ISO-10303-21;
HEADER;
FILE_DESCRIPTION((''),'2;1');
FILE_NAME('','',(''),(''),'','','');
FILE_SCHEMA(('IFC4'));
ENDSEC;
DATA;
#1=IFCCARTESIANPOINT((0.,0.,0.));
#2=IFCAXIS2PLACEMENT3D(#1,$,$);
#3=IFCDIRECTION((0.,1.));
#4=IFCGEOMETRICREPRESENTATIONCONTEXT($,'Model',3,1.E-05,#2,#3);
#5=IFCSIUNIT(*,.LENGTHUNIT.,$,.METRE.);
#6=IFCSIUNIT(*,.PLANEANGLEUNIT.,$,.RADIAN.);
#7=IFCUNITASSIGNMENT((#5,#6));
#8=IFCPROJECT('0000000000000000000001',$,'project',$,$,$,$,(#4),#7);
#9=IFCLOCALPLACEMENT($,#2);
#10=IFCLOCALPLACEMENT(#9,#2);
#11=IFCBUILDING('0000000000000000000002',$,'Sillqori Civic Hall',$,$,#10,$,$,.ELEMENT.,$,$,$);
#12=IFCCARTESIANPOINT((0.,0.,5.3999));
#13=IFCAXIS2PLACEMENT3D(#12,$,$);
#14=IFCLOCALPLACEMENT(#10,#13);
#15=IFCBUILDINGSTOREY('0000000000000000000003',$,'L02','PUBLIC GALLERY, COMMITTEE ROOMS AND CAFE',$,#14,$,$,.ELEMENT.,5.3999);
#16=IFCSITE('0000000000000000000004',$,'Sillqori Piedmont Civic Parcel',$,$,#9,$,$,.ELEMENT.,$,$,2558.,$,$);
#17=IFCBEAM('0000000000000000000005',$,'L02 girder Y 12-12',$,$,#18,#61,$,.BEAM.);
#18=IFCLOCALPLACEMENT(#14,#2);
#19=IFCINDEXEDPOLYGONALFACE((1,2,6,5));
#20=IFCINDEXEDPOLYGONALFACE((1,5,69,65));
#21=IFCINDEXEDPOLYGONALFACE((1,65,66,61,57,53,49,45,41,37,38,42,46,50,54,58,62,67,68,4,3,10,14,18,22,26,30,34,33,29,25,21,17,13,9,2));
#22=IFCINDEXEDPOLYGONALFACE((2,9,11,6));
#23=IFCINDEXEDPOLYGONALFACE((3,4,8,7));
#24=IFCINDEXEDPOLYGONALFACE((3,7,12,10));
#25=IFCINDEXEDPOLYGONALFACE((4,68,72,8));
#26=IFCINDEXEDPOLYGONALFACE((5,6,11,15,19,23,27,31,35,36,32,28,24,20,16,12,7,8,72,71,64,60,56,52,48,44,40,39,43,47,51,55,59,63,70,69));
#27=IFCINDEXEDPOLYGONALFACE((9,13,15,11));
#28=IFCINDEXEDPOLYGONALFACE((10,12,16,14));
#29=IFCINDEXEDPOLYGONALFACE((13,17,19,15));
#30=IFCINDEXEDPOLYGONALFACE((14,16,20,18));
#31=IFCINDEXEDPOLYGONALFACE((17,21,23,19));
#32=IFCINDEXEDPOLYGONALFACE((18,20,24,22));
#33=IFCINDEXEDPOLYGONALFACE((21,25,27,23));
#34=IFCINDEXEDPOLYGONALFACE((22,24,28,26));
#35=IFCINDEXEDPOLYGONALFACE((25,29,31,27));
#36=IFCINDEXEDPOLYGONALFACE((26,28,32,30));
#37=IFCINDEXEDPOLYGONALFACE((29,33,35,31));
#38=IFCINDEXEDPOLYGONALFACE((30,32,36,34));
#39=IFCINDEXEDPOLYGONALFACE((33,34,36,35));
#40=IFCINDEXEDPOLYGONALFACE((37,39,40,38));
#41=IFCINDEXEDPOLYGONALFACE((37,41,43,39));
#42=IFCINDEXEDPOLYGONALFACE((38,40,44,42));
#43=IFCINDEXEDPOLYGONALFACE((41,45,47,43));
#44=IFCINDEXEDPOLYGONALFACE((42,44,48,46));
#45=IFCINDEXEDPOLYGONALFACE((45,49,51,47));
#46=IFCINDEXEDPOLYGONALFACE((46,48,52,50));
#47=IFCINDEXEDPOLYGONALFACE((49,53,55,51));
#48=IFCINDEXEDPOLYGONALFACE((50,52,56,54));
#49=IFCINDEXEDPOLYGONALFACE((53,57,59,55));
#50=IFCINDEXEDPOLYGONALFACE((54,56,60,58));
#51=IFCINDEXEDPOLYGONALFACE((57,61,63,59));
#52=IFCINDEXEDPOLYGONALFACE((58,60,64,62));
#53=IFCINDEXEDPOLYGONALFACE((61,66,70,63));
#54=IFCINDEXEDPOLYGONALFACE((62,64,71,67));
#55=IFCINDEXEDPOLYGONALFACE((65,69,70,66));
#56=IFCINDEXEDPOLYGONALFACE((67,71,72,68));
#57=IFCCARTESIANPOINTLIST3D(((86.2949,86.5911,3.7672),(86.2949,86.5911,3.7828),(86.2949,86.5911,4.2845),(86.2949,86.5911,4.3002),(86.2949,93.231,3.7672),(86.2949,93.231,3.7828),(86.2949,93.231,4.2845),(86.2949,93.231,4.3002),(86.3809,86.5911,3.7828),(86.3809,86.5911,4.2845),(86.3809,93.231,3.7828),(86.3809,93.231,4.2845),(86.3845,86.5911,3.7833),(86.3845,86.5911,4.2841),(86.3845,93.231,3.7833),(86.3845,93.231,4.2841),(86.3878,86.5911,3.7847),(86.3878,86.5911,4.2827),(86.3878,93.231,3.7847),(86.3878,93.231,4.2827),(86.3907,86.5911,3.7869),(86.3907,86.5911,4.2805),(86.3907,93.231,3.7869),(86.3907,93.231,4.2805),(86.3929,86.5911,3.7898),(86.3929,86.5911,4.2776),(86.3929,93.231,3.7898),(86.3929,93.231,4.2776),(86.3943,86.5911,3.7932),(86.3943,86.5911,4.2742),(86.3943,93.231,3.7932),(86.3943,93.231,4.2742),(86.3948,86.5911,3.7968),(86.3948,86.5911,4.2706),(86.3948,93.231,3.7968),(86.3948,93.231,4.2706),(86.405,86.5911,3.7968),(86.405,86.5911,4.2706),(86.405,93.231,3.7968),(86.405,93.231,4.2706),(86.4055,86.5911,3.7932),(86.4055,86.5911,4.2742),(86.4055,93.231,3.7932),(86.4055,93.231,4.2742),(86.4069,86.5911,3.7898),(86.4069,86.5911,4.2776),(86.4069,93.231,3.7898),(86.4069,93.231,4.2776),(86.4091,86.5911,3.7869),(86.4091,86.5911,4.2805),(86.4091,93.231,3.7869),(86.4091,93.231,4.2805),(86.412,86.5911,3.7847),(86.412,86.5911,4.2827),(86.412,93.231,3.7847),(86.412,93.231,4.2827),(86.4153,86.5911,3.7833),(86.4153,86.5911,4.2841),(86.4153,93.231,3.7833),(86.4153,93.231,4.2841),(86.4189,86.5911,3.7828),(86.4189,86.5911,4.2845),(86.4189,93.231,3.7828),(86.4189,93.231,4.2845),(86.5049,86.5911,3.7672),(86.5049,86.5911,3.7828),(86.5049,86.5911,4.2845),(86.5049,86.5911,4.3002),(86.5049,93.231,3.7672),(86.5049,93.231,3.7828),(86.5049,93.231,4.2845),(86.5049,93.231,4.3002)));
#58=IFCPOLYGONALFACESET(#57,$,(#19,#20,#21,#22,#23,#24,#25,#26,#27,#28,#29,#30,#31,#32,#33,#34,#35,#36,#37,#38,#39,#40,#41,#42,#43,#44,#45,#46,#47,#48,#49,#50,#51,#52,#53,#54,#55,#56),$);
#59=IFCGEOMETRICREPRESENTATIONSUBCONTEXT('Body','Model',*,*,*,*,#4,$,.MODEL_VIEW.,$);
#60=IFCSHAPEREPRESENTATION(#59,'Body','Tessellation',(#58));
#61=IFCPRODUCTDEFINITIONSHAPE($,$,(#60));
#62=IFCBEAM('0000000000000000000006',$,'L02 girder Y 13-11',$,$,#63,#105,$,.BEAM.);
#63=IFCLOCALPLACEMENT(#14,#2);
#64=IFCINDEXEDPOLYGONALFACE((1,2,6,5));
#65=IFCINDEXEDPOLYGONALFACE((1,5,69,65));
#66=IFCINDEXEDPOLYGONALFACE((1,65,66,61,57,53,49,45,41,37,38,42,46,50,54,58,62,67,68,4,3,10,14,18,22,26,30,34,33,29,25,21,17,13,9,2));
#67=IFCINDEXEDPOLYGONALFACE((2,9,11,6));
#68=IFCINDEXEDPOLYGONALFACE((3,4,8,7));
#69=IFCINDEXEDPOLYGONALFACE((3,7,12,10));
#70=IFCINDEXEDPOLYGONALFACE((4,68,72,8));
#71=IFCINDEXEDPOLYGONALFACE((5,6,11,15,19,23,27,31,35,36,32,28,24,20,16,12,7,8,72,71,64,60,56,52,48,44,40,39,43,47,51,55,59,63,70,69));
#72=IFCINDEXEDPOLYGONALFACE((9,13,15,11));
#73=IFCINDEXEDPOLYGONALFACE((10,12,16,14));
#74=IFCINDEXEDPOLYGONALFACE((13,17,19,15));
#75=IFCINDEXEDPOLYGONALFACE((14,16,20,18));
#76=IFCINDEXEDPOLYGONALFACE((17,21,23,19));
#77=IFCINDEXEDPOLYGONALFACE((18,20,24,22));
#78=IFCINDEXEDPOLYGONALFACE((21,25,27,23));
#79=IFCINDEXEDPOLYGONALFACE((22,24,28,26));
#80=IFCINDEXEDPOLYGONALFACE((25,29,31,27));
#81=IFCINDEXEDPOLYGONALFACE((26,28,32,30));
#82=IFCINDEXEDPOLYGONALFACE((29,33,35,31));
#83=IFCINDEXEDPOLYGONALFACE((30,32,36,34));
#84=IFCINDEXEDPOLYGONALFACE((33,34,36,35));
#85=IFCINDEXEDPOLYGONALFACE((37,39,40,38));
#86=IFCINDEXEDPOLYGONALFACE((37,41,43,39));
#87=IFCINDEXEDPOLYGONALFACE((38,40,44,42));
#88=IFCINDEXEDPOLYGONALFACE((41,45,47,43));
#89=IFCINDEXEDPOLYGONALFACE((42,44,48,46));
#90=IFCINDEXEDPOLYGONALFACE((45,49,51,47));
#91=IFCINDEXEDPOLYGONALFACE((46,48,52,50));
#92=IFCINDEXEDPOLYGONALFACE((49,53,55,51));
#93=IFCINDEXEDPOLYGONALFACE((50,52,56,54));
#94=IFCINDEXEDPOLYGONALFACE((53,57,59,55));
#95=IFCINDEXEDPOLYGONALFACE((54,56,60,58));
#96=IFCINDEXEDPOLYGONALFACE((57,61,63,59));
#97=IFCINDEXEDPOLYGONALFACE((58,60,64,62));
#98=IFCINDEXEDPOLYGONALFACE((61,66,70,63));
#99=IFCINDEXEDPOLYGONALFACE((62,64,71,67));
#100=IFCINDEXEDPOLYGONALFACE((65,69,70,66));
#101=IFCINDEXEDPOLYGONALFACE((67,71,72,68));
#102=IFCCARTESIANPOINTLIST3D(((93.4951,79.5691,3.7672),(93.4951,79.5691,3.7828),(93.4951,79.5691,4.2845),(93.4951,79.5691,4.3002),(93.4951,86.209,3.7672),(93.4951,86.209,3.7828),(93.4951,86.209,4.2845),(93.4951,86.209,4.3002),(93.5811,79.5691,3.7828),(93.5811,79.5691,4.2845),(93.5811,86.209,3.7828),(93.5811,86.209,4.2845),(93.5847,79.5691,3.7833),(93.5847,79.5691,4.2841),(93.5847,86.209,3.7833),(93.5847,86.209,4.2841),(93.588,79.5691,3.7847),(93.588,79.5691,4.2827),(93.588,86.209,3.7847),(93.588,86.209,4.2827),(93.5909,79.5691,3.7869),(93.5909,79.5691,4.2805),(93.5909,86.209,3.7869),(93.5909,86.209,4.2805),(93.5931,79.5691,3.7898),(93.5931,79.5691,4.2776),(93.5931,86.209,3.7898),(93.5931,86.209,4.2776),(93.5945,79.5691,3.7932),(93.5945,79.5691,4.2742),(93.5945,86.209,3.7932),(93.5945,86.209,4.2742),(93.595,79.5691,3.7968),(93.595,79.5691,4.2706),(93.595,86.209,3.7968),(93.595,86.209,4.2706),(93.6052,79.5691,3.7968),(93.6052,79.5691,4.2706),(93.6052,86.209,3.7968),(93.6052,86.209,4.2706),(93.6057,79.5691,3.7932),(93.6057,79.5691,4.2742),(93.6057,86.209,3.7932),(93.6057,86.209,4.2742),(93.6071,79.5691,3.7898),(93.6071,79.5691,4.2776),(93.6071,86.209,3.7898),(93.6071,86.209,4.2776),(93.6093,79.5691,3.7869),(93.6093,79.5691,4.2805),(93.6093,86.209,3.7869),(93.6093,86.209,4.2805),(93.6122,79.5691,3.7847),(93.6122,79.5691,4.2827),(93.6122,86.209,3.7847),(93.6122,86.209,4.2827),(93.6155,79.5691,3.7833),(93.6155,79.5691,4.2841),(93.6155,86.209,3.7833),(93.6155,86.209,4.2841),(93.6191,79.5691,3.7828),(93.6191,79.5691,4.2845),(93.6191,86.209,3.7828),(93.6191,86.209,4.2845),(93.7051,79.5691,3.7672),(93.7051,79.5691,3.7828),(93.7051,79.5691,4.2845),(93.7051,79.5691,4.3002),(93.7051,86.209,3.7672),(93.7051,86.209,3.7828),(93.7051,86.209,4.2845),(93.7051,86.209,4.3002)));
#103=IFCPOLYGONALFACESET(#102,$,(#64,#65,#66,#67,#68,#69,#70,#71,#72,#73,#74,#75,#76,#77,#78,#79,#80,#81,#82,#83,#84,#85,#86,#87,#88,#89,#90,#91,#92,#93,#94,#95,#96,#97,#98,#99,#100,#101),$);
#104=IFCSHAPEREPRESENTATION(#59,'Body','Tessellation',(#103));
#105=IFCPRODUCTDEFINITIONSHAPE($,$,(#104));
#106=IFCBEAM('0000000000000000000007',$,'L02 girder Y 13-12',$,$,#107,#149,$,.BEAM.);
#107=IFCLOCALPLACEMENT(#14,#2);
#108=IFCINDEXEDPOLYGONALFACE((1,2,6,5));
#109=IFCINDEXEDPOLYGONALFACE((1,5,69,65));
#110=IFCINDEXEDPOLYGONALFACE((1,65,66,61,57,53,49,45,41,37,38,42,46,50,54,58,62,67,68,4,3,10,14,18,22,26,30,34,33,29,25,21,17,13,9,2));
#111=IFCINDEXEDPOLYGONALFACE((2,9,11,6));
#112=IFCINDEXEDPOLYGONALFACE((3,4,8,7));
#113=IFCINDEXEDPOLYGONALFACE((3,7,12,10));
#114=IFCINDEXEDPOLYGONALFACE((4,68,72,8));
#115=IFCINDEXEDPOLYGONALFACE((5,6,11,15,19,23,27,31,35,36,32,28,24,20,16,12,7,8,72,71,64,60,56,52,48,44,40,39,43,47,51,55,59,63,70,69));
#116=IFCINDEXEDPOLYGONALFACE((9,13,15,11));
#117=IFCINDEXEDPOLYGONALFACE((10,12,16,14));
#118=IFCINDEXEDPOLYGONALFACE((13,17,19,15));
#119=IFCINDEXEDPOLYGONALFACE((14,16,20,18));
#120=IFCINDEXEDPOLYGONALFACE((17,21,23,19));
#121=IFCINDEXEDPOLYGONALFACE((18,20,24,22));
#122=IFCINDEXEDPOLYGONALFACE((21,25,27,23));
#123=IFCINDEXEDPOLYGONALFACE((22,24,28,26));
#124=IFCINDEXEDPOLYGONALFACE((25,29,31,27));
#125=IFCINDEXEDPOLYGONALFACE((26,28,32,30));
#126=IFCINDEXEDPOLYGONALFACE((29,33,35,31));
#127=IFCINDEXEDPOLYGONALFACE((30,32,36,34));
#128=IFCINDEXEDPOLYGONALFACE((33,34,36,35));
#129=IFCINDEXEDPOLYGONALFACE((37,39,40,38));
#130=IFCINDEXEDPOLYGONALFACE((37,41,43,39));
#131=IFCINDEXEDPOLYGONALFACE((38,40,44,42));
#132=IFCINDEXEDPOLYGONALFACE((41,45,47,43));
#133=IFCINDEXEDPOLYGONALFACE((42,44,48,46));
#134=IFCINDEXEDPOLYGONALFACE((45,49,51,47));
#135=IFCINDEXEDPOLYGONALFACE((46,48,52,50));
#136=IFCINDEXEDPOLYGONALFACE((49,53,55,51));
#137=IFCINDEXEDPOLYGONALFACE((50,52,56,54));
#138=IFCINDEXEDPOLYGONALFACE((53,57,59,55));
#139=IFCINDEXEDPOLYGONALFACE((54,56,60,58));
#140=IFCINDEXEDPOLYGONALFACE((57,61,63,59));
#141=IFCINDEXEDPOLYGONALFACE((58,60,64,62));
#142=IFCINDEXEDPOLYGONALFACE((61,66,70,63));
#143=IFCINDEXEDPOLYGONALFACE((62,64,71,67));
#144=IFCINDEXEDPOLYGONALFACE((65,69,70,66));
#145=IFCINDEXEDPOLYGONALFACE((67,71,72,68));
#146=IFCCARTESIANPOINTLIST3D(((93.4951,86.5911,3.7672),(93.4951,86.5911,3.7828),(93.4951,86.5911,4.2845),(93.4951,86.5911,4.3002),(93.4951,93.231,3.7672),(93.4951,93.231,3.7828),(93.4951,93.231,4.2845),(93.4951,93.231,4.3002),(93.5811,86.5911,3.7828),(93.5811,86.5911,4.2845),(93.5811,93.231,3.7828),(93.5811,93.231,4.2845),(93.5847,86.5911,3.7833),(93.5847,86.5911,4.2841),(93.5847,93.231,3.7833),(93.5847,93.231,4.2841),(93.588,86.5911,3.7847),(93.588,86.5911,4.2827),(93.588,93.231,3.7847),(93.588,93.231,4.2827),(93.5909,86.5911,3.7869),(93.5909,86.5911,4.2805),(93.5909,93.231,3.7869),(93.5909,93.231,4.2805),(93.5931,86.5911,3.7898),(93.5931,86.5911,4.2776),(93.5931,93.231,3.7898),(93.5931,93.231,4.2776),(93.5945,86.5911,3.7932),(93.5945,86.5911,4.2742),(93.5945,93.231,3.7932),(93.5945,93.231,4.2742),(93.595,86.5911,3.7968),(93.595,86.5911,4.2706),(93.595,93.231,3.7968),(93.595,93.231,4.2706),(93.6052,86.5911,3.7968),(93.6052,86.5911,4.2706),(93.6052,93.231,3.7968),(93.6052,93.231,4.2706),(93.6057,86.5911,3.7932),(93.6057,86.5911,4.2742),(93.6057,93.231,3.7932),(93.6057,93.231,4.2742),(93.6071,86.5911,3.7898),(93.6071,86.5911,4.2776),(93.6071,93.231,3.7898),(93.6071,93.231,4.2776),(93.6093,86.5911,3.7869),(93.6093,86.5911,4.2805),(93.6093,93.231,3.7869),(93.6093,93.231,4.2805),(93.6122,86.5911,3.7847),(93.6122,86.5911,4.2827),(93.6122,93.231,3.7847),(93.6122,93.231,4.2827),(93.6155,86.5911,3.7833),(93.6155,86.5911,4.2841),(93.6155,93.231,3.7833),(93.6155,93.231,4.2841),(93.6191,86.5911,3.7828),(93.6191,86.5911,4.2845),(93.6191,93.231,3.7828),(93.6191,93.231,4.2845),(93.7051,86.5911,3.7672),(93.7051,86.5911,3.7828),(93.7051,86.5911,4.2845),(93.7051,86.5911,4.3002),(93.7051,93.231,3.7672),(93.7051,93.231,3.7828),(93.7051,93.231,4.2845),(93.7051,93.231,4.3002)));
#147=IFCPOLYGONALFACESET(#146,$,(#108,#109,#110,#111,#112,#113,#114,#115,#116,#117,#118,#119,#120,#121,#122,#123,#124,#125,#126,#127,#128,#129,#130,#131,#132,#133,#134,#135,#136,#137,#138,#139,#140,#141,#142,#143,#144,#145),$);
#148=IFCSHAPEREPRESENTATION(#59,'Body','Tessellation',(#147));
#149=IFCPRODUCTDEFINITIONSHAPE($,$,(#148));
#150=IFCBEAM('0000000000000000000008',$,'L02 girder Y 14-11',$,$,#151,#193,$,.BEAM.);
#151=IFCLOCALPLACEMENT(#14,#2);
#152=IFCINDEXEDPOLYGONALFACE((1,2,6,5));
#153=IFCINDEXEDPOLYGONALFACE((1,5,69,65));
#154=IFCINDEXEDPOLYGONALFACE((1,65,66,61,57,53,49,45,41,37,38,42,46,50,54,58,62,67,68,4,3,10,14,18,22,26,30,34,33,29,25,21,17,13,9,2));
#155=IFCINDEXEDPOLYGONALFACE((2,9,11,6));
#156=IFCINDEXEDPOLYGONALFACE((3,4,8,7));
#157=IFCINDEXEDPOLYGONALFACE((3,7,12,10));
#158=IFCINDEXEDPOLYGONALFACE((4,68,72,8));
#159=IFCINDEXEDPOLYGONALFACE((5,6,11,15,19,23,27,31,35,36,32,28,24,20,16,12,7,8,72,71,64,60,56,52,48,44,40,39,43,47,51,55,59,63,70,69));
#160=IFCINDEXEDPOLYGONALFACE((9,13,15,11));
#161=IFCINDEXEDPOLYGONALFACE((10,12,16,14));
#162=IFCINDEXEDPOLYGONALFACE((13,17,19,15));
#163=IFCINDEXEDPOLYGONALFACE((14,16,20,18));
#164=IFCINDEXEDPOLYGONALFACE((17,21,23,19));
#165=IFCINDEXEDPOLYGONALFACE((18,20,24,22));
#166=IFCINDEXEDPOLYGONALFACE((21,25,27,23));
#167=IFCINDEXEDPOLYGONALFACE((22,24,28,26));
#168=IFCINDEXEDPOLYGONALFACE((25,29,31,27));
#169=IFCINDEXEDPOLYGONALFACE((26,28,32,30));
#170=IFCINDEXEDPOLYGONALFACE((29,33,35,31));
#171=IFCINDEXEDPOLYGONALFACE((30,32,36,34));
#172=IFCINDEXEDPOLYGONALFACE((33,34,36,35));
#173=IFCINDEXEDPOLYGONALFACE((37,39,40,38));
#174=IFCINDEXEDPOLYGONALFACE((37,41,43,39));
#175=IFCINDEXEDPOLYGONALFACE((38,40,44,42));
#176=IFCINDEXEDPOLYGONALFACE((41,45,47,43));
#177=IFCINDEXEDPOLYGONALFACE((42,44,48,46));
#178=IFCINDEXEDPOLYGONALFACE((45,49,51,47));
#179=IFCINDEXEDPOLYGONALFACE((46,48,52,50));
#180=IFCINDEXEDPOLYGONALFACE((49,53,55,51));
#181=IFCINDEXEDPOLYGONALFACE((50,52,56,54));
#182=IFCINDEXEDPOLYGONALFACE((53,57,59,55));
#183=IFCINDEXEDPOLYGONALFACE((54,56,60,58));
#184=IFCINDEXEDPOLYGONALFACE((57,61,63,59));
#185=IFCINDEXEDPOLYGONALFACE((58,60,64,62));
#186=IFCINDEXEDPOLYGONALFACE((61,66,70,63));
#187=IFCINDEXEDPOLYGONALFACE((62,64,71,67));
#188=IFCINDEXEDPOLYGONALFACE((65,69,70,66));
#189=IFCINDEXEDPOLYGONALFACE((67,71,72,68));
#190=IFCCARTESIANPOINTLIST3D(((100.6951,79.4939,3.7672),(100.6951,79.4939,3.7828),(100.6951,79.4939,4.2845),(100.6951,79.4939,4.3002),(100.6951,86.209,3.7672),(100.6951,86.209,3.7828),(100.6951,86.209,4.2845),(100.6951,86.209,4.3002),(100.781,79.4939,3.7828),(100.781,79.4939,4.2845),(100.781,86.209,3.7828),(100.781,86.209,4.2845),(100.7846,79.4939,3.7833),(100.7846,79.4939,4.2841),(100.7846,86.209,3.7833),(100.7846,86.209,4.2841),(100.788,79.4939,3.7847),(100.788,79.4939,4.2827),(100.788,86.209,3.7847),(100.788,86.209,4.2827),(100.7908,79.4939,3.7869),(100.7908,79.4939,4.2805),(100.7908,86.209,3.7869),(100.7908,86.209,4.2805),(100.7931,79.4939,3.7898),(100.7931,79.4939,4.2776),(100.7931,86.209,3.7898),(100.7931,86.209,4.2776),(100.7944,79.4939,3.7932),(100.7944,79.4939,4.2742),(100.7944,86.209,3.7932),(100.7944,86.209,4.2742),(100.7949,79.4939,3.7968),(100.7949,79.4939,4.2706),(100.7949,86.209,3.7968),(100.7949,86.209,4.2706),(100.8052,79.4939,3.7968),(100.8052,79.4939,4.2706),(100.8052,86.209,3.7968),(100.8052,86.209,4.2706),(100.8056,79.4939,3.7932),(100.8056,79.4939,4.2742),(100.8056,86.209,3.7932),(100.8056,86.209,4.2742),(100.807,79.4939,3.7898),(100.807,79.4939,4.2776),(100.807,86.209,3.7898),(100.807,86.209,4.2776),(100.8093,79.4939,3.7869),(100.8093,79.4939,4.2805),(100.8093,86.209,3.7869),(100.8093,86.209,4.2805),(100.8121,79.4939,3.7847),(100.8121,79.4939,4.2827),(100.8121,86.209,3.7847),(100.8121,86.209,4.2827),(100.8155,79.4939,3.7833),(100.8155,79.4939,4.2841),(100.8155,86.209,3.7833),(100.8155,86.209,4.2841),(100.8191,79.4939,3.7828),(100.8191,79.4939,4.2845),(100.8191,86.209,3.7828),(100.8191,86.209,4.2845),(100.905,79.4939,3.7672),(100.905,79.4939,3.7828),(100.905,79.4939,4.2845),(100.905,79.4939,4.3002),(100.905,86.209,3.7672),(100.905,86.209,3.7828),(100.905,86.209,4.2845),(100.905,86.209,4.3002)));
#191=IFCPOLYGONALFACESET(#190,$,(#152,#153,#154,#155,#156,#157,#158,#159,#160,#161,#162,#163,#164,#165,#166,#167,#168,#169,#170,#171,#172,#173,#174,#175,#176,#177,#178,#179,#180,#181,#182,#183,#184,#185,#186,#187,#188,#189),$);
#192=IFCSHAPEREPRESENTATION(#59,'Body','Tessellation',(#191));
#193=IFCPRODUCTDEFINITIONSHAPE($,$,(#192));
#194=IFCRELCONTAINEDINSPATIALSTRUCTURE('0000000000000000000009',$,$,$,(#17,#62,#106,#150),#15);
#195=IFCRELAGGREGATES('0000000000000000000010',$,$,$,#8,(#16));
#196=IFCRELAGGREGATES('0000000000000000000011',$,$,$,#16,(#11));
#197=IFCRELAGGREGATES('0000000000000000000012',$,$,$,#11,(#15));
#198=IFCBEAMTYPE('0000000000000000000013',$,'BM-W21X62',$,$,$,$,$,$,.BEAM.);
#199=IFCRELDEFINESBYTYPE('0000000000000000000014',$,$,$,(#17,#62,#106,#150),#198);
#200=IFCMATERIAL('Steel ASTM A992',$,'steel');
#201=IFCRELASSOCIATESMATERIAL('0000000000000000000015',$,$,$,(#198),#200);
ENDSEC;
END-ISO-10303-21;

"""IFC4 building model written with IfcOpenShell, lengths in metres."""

from ifc_helpers import new_model, si_unit, direction, frame, origin, origin_2d, place, context, subcontext, project, spatial, i_section, extrude, material, material_profile, profile_set, type_object, element, save


model = new_model("IFC4")

# Units and contexts
model_context = context("Model", 3, precision=1e-05, world=origin(), true_north=direction((0.0, 1.0)))
body_context = subcontext(model_context, "Body", "Model", "MODEL_VIEW")
ifc_project = project(units=[si_unit("LENGTHUNIT", "METRE"), si_unit("PLANEANGLEUNIT", "RADIAN")], contexts=[model_context])

# Site, building, storey
site_placement = place(None, origin())
site = spatial("IfcSite", under=ifc_project, at=site_placement, Name="Sillqori Piedmont Civic Parcel", CompositionType="ELEMENT", RefElevation=2558.0)
building_placement = place(site_placement, origin())
building = spatial("IfcBuilding", under=site, at=building_placement, Name="Sillqori Civic Hall", CompositionType="ELEMENT")
storey_placement = place(building_placement, frame((0.0, 0.0, 5.3999)))
storey = spatial("IfcBuildingStorey", under=building, at=storey_placement, Name="L02", Description="PUBLIC GALLERY, COMMITTEE ROOMS AND CAFE", CompositionType="ELEMENT", Elevation=5.3999)

# Shared definitions
ifc_material_1 = material(Name="Steel ASTM A992", Category="steel")

# Beams
ifc_material_profile_1 = material_profile(ifc_material_1, i_section(OverallWidth=0.21, OverallDepth=0.533, WebThickness=0.0103, FlangeThickness=0.0156, FilletRadius=0.0139, at=origin_2d()), Name="W21X62")
ifc_profile_set_1 = profile_set([ifc_material_profile_1], Name="Steel ASTM A992")
beam_type_1 = type_object("IfcBeamType", Name="BM-W21X62", PredefinedType="BEAM", material=ifc_profile_set_1)
for number, where, z_axis, x_axis, name in (
    (1, (86.3999, 86.5911, 4.0337), (0.0, 1.0, 0.0), (-1.0, 0.0, 0.0), "L02 girder Y 12-12"),
    (2, (93.6001, 79.5691, 4.0337), (0.0, 1.0, 0.0), (-1.0, 0.0, 0.0), "L02 girder Y 13-11"),
    (3, (93.6001, 86.5911, 4.0337), (0.0, 1.0, 0.0), (-1.0, 0.0, 0.0), "L02 girder Y 13-12"),
):
    element("IfcBeam", number, at=place(storey_placement, frame(where, z_axis=z_axis, x_axis=x_axis)), inside=storey, type_object=beam_type_1, Name=name, PredefinedType="BEAM", context=body_context, shape_type="SweptSolid", body=[
        extrude(i_section(OverallWidth=0.21, OverallDepth=0.533, WebThickness=0.0103, FlangeThickness=0.0156, FilletRadius=0.0139, at=origin_2d()), origin(), (0.0, 0.0, 1.0), 6.6399),
    ])
beam_1_placement = place(storey_placement, frame((100.8, 79.4939, 4.0337), z_axis=(0.0, 1.0, 0.0), x_axis=(-1.0, 0.0, 0.0)))
element("IfcBeam", 4, at=beam_1_placement, inside=storey, type_object=beam_type_1, Name="L02 girder Y 14-11", PredefinedType="BEAM", context=body_context, shape_type="SweptSolid", body=[
    extrude(i_section(OverallWidth=0.21, OverallDepth=0.533, WebThickness=0.0103, FlangeThickness=0.0156, FilletRadius=0.0139, at=origin_2d()), origin(), (0.0, 0.0, 1.0), 6.7151),
])

save(model, "model.ifc")
